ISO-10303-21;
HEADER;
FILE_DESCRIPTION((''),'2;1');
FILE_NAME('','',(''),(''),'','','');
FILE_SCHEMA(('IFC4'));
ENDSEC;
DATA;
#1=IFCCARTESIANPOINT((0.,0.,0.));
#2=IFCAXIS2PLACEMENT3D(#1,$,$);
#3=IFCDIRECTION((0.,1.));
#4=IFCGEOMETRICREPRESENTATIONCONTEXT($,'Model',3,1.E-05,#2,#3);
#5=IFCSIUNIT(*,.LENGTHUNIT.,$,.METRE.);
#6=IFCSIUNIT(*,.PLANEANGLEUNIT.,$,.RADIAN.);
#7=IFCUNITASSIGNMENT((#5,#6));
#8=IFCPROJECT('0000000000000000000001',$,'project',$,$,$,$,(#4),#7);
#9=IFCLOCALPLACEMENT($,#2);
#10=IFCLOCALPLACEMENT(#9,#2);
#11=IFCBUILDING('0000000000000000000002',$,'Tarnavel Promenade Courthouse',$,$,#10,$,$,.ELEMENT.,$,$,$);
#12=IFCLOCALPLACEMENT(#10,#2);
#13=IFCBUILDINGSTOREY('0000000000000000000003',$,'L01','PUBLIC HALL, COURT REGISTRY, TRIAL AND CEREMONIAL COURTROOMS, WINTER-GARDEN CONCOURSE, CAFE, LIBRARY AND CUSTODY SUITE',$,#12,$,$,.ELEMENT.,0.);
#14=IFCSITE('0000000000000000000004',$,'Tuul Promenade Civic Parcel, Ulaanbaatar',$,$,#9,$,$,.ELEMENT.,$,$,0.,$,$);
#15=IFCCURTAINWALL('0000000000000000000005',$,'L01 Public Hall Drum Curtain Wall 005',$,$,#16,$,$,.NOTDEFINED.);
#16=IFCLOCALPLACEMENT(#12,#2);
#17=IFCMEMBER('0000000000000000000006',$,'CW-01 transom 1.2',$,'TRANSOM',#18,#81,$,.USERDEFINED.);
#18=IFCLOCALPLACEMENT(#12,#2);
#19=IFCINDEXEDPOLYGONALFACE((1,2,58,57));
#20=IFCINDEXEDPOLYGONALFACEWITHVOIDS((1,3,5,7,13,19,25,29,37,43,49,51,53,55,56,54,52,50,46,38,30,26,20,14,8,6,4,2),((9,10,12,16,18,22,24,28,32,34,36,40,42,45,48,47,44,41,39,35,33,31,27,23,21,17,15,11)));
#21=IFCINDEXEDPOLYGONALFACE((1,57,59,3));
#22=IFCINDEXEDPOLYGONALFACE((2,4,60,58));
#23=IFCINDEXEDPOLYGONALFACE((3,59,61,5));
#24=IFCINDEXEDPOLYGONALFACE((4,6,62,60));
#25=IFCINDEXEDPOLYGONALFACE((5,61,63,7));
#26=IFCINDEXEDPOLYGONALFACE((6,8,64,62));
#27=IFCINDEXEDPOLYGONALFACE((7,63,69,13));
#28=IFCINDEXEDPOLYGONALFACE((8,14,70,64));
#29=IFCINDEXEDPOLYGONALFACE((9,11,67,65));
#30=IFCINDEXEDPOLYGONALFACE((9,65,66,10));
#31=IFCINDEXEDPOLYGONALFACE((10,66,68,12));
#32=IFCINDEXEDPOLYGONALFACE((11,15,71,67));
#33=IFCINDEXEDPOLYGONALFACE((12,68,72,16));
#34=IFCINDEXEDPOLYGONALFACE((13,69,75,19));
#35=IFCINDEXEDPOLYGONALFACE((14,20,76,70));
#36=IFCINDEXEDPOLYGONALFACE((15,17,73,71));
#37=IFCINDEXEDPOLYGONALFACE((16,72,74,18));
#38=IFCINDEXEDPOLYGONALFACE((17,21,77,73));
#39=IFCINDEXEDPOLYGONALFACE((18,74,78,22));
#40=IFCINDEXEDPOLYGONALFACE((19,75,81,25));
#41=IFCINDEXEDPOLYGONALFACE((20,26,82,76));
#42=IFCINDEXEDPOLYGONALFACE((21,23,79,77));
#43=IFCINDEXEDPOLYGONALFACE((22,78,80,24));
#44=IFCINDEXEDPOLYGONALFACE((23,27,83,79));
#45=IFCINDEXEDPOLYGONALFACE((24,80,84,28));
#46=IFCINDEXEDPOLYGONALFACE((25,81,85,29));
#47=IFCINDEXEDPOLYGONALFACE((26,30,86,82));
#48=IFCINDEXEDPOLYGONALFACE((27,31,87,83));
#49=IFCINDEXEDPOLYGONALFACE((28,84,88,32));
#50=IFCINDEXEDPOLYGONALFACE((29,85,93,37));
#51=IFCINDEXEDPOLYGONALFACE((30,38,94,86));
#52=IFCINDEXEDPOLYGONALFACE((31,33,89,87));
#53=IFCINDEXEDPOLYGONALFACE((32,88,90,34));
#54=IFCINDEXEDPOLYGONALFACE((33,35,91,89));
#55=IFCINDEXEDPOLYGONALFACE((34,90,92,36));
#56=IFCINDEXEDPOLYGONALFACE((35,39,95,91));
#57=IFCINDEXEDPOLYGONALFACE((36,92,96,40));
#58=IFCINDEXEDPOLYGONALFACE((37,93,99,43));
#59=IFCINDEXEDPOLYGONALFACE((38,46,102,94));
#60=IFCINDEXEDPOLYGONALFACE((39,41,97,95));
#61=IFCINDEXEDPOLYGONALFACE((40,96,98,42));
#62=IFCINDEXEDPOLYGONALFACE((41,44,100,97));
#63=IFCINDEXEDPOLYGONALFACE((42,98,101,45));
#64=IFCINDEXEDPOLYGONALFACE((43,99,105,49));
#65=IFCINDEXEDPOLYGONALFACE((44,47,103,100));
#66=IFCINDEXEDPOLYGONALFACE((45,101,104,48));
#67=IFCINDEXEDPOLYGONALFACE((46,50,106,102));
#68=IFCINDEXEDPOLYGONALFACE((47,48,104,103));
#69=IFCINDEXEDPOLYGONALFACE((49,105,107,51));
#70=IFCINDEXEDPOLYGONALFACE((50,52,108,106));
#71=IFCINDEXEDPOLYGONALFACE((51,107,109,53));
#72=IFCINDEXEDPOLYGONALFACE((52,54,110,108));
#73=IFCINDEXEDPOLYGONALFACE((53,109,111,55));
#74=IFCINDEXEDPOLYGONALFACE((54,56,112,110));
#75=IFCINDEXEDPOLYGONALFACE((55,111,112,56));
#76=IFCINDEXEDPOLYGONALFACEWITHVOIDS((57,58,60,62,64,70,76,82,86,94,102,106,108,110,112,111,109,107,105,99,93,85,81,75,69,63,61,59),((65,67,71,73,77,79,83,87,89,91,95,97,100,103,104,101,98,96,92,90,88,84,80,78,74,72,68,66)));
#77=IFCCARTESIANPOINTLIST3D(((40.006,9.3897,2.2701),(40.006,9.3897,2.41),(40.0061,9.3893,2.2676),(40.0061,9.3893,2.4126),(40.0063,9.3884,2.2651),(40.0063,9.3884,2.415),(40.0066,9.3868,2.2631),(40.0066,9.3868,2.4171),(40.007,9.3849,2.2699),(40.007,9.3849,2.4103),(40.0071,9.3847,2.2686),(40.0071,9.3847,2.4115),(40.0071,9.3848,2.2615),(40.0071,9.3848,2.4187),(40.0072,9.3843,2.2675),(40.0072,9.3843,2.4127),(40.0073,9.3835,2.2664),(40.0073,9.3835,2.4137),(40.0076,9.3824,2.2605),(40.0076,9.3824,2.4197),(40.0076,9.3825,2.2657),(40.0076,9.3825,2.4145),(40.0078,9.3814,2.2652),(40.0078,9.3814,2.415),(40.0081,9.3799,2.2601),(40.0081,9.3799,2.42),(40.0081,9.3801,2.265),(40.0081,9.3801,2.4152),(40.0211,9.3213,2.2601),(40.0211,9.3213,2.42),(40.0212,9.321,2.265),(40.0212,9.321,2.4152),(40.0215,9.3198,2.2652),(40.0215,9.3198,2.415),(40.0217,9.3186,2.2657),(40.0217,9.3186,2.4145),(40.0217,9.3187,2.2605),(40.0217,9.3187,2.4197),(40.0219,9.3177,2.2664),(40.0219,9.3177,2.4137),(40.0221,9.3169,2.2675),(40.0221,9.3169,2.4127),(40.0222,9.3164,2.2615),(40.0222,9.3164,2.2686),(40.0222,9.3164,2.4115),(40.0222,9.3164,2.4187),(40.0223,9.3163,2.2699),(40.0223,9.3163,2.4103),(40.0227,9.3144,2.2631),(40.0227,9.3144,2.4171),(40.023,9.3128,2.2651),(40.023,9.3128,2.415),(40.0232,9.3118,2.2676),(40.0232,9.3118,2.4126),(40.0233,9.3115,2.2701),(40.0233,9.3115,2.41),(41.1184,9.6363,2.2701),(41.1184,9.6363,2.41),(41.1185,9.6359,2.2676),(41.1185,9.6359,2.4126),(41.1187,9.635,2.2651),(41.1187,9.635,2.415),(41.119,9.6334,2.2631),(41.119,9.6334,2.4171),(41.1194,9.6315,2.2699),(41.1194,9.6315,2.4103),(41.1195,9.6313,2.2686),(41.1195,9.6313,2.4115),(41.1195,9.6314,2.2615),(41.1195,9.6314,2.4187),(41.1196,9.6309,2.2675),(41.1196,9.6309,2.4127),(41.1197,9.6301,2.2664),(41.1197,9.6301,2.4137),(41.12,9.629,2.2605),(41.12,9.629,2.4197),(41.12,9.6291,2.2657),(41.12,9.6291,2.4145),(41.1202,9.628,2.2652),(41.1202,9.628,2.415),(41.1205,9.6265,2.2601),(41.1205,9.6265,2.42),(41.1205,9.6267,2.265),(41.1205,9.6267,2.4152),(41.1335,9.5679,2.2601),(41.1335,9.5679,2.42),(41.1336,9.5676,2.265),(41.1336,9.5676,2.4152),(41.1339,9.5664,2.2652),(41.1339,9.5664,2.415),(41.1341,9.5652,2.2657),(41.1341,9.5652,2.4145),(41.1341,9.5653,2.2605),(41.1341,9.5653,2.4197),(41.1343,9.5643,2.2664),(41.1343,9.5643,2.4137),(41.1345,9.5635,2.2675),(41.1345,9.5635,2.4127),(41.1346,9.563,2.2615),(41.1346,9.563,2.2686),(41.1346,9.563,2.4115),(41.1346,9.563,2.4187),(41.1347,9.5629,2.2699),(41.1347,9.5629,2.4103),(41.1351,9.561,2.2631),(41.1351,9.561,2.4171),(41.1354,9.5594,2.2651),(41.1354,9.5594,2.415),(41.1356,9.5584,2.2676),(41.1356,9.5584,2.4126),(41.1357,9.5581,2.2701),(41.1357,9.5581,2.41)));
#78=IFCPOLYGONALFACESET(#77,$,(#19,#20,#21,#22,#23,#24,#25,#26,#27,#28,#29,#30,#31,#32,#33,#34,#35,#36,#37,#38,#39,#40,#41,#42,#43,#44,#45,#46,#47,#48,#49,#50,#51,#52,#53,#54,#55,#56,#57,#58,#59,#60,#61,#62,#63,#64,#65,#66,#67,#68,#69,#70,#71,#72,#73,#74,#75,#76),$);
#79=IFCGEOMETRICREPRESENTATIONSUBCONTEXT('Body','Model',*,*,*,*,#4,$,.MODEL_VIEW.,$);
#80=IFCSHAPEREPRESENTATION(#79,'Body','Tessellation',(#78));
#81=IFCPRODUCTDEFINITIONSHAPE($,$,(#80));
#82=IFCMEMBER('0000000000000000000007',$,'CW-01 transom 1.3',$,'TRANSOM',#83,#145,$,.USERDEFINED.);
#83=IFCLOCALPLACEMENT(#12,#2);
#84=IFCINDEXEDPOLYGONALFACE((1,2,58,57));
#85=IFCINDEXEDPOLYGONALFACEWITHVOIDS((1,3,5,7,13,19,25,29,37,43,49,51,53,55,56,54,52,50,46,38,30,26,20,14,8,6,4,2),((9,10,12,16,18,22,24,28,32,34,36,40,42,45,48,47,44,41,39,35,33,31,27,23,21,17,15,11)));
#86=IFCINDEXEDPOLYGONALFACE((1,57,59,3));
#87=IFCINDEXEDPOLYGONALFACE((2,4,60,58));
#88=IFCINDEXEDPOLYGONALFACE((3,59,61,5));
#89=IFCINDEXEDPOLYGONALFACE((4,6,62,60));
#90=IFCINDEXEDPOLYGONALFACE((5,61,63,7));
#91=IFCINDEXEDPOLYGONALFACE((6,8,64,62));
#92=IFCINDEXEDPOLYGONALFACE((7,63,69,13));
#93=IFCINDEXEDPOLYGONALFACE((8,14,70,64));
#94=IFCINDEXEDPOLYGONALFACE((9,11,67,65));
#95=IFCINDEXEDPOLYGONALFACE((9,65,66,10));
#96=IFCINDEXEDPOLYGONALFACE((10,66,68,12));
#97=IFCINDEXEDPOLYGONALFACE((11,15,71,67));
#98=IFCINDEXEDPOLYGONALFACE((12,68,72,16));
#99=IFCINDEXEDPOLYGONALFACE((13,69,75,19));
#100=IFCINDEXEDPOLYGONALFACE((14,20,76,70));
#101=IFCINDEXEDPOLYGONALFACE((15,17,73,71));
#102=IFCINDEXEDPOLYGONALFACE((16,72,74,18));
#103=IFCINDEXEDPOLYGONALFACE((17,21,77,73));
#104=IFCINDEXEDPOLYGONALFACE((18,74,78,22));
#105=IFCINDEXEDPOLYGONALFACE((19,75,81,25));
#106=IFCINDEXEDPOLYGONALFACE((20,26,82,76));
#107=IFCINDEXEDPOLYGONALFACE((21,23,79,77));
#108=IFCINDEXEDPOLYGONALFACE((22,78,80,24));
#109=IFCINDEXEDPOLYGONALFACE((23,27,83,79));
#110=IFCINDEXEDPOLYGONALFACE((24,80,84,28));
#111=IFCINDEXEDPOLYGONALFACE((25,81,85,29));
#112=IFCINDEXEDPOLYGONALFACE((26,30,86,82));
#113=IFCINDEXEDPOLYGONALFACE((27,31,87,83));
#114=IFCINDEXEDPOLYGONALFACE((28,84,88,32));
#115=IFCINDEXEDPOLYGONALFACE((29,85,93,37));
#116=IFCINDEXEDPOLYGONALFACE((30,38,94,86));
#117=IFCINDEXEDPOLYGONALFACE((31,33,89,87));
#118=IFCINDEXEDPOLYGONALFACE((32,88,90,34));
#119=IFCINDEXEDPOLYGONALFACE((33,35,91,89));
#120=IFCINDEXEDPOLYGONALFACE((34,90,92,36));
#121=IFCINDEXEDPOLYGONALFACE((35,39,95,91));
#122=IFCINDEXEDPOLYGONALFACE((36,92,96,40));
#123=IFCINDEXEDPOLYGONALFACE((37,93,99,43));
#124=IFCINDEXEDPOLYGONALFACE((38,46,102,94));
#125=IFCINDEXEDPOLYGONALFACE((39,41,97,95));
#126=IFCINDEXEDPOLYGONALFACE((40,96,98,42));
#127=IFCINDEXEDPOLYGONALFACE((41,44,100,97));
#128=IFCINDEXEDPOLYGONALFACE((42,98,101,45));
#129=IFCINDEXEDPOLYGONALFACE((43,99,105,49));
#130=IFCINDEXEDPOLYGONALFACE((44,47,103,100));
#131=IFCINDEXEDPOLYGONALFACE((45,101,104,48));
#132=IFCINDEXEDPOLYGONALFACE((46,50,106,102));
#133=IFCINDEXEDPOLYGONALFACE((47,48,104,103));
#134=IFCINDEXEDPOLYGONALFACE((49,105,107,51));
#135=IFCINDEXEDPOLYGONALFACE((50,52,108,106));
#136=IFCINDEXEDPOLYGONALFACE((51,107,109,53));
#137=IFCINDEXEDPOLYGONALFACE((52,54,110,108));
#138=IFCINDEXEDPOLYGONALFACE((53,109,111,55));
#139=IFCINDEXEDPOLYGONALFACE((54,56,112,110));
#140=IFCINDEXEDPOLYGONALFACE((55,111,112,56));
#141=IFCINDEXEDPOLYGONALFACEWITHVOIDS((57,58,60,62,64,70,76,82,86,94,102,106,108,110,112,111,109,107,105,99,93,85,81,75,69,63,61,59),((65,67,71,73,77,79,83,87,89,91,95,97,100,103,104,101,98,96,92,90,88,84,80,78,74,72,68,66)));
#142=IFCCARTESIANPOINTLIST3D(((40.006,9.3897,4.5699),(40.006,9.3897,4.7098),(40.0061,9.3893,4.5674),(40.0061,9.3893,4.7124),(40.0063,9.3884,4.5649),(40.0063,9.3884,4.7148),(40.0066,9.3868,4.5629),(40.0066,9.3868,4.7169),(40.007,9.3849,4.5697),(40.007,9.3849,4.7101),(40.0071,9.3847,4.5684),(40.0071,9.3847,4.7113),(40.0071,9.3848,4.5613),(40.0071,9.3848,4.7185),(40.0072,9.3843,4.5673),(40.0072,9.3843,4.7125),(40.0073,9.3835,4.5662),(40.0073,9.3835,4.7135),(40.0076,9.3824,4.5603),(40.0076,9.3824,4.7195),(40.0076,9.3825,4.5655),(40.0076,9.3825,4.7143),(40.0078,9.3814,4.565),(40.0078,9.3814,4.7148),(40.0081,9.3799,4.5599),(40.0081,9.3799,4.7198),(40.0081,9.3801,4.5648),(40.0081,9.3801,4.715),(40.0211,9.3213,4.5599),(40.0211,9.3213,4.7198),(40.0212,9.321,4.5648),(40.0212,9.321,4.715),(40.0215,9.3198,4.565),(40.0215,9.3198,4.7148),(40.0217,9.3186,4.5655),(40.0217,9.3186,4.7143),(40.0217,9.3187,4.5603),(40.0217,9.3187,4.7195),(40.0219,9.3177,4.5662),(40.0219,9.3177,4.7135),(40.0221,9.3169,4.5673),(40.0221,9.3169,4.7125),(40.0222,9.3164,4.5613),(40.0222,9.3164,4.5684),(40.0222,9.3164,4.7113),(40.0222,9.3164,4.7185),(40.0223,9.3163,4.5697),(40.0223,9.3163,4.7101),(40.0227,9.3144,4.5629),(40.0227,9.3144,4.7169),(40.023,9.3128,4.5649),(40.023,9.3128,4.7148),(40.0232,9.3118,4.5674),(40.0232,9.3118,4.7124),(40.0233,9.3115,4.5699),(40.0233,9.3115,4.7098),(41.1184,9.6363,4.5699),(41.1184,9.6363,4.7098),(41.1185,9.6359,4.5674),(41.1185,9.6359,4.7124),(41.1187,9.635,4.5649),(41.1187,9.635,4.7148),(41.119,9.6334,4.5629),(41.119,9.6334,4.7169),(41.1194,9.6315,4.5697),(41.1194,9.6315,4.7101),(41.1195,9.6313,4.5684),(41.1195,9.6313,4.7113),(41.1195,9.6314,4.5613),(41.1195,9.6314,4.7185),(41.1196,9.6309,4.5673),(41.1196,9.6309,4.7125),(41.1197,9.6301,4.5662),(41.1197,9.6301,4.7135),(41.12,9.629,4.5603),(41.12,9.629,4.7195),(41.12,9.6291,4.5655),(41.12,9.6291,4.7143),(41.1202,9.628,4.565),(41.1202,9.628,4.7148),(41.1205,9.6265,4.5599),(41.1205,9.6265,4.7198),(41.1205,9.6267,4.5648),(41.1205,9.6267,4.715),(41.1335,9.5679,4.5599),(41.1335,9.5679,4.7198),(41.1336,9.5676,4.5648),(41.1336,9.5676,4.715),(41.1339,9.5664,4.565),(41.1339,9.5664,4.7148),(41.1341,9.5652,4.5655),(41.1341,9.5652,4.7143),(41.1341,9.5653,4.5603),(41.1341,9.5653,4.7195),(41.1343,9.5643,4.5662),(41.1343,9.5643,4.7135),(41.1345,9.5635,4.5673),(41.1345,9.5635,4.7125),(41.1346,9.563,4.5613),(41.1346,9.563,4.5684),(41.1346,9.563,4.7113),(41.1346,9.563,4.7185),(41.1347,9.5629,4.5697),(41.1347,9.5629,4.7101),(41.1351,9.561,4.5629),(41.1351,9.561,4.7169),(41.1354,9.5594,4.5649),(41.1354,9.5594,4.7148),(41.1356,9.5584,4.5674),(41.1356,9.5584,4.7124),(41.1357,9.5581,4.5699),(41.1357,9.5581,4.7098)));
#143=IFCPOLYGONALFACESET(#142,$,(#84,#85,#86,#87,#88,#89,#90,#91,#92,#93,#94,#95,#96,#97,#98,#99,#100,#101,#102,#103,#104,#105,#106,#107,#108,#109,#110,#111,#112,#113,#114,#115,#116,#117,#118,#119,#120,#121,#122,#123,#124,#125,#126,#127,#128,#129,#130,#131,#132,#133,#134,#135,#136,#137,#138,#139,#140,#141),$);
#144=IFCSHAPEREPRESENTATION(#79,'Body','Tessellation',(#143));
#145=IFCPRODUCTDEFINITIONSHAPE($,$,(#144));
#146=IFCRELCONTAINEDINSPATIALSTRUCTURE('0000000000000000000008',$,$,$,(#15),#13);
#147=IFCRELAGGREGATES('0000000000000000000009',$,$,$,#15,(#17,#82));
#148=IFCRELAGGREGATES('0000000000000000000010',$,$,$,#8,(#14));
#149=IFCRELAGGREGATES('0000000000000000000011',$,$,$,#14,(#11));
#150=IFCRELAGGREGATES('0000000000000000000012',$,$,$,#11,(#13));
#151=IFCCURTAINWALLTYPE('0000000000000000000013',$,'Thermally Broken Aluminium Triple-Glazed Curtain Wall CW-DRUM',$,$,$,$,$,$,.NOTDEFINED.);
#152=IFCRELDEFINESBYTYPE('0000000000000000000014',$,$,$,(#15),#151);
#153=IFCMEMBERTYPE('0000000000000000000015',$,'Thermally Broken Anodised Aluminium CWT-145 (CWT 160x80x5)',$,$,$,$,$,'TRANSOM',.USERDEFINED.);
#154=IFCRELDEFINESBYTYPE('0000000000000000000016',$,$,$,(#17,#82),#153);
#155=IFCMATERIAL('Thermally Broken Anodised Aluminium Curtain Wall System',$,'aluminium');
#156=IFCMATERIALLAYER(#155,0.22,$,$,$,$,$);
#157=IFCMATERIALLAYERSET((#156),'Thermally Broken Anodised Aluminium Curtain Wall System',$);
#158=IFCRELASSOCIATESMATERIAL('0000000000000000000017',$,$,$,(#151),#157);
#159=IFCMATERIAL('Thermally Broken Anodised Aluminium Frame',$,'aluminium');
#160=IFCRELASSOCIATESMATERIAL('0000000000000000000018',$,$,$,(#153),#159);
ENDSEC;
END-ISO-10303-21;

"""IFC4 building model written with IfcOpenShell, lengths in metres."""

from ifc_helpers import new_model, si_unit, direction, frame, origin, origin_2d, place, context, subcontext, project, spatial, hollow_rectangle, extrude, material, layer, layer_set, material_profile, profile_set, type_object, element, aggregate, save


model = new_model("IFC4")

# Units and contexts
model_context = context("Model", 3, precision=1e-05, world=origin(), true_north=direction((0.0, 1.0)))
body_context = subcontext(model_context, "Body", "Model", "MODEL_VIEW")
ifc_project = project(units=[si_unit("LENGTHUNIT", "METRE"), si_unit("PLANEANGLEUNIT", "RADIAN")], contexts=[model_context])

# Site, building, storey
site_placement = place(None, origin())
site = spatial("IfcSite", under=ifc_project, at=site_placement, Name="Tuul Promenade Civic Parcel, Ulaanbaatar", CompositionType="ELEMENT", RefElevation=0.0)
building_placement = place(site_placement, origin())
building = spatial("IfcBuilding", under=site, at=building_placement, Name="Tarnavel Promenade Courthouse", CompositionType="ELEMENT")
storey_placement = place(building_placement, origin())
storey = spatial("IfcBuildingStorey", under=building, at=storey_placement, Name="L01", Description="PUBLIC HALL, COURT REGISTRY, TRIAL AND CEREMONIAL COURTROOMS, WINTER-GARDEN CONCOURSE, CAFE, LIBRARY AND CUSTODY SUITE", CompositionType="ELEMENT", Elevation=0.0)

# Curtain wall
ifc_material_1 = material(Name="Thermally Broken Anodised Aluminium Curtain Wall System", Category="aluminium")
ifc_layer_1 = layer(ifc_material_1, 0.22)
ifc_layer_set_1 = layer_set([ifc_layer_1], Name="Thermally Broken Anodised Aluminium Curtain Wall System")
curtain_wall_type = type_object("IfcCurtainWallType", Name="Thermally Broken Aluminium Triple-Glazed Curtain Wall CW-DRUM", PredefinedType="NOTDEFINED", material=ifc_layer_set_1)
curtain_wall_1_placement = place(storey_placement, origin())
curtain_wall_1 = element("IfcCurtainWall", 1, at=curtain_wall_1_placement, inside=storey, type_object=curtain_wall_type, Name="L01 Public Hall Drum Curtain Wall 005", PredefinedType="NOTDEFINED")
ifc_material_2 = material(Name="Thermally Broken Anodised Aluminium Frame", Category="aluminium")

# Members
ifc_material_profile_1 = material_profile(ifc_material_2, hollow_rectangle(XDim=0.0801, YDim=0.1599, WallThickness=0.0049, InnerFilletRadius=0.0049, OuterFilletRadius=0.01, at=origin_2d()), Name="CWT 160x80x5")
ifc_profile_set_1 = profile_set([ifc_material_profile_1], Name="Thermally Broken Anodised Aluminium Frame")
member_type_1 = type_object("IfcMemberType", Name="Thermally Broken Anodised Aluminium CWT-145 (CWT 160x80x5)", ElementType="TRANSOM", PredefinedType="USERDEFINED", material=ifc_profile_set_1)
member_1_placement = place(storey_placement, frame((40.0146, 9.3506, 2.3401), z_axis=(0.976298, 0.216431, 0.0), x_axis=(-0.216431, 0.976298, 0.0)))
member_1 = element("IfcMember", 2, at=member_1_placement, type_object=member_type_1, Name="CW-01 transom 1.2", ObjectType="TRANSOM", PredefinedType="USERDEFINED", context=body_context, shape_type="SweptSolid", body=[
    extrude(hollow_rectangle(XDim=0.0801, YDim=0.1599, WallThickness=0.0049, InnerFilletRadius=0.0049, OuterFilletRadius=0.01, at=origin_2d()), origin(), (0.0, 0.0, 1.0), 1.1394),
])
member_2_placement = place(storey_placement, frame((40.0146, 9.3506, 4.6399), z_axis=(0.976298, 0.216431, 0.0), x_axis=(-0.216431, 0.976298, 0.0)))
member_2 = element("IfcMember", 3, at=member_2_placement, type_object=member_type_1, Name="CW-01 transom 1.3", ObjectType="TRANSOM", PredefinedType="USERDEFINED", context=body_context, shape_type="SweptSolid", body=[
    extrude(hollow_rectangle(XDim=0.0801, YDim=0.1599, WallThickness=0.0049, InnerFilletRadius=0.0049, OuterFilletRadius=0.01, at=origin_2d()), origin(), (0.0, 0.0, 1.0), 1.1394),
])

aggregate(curtain_wall_1, [member_1, member_2])

save(model, "model.ifc")
